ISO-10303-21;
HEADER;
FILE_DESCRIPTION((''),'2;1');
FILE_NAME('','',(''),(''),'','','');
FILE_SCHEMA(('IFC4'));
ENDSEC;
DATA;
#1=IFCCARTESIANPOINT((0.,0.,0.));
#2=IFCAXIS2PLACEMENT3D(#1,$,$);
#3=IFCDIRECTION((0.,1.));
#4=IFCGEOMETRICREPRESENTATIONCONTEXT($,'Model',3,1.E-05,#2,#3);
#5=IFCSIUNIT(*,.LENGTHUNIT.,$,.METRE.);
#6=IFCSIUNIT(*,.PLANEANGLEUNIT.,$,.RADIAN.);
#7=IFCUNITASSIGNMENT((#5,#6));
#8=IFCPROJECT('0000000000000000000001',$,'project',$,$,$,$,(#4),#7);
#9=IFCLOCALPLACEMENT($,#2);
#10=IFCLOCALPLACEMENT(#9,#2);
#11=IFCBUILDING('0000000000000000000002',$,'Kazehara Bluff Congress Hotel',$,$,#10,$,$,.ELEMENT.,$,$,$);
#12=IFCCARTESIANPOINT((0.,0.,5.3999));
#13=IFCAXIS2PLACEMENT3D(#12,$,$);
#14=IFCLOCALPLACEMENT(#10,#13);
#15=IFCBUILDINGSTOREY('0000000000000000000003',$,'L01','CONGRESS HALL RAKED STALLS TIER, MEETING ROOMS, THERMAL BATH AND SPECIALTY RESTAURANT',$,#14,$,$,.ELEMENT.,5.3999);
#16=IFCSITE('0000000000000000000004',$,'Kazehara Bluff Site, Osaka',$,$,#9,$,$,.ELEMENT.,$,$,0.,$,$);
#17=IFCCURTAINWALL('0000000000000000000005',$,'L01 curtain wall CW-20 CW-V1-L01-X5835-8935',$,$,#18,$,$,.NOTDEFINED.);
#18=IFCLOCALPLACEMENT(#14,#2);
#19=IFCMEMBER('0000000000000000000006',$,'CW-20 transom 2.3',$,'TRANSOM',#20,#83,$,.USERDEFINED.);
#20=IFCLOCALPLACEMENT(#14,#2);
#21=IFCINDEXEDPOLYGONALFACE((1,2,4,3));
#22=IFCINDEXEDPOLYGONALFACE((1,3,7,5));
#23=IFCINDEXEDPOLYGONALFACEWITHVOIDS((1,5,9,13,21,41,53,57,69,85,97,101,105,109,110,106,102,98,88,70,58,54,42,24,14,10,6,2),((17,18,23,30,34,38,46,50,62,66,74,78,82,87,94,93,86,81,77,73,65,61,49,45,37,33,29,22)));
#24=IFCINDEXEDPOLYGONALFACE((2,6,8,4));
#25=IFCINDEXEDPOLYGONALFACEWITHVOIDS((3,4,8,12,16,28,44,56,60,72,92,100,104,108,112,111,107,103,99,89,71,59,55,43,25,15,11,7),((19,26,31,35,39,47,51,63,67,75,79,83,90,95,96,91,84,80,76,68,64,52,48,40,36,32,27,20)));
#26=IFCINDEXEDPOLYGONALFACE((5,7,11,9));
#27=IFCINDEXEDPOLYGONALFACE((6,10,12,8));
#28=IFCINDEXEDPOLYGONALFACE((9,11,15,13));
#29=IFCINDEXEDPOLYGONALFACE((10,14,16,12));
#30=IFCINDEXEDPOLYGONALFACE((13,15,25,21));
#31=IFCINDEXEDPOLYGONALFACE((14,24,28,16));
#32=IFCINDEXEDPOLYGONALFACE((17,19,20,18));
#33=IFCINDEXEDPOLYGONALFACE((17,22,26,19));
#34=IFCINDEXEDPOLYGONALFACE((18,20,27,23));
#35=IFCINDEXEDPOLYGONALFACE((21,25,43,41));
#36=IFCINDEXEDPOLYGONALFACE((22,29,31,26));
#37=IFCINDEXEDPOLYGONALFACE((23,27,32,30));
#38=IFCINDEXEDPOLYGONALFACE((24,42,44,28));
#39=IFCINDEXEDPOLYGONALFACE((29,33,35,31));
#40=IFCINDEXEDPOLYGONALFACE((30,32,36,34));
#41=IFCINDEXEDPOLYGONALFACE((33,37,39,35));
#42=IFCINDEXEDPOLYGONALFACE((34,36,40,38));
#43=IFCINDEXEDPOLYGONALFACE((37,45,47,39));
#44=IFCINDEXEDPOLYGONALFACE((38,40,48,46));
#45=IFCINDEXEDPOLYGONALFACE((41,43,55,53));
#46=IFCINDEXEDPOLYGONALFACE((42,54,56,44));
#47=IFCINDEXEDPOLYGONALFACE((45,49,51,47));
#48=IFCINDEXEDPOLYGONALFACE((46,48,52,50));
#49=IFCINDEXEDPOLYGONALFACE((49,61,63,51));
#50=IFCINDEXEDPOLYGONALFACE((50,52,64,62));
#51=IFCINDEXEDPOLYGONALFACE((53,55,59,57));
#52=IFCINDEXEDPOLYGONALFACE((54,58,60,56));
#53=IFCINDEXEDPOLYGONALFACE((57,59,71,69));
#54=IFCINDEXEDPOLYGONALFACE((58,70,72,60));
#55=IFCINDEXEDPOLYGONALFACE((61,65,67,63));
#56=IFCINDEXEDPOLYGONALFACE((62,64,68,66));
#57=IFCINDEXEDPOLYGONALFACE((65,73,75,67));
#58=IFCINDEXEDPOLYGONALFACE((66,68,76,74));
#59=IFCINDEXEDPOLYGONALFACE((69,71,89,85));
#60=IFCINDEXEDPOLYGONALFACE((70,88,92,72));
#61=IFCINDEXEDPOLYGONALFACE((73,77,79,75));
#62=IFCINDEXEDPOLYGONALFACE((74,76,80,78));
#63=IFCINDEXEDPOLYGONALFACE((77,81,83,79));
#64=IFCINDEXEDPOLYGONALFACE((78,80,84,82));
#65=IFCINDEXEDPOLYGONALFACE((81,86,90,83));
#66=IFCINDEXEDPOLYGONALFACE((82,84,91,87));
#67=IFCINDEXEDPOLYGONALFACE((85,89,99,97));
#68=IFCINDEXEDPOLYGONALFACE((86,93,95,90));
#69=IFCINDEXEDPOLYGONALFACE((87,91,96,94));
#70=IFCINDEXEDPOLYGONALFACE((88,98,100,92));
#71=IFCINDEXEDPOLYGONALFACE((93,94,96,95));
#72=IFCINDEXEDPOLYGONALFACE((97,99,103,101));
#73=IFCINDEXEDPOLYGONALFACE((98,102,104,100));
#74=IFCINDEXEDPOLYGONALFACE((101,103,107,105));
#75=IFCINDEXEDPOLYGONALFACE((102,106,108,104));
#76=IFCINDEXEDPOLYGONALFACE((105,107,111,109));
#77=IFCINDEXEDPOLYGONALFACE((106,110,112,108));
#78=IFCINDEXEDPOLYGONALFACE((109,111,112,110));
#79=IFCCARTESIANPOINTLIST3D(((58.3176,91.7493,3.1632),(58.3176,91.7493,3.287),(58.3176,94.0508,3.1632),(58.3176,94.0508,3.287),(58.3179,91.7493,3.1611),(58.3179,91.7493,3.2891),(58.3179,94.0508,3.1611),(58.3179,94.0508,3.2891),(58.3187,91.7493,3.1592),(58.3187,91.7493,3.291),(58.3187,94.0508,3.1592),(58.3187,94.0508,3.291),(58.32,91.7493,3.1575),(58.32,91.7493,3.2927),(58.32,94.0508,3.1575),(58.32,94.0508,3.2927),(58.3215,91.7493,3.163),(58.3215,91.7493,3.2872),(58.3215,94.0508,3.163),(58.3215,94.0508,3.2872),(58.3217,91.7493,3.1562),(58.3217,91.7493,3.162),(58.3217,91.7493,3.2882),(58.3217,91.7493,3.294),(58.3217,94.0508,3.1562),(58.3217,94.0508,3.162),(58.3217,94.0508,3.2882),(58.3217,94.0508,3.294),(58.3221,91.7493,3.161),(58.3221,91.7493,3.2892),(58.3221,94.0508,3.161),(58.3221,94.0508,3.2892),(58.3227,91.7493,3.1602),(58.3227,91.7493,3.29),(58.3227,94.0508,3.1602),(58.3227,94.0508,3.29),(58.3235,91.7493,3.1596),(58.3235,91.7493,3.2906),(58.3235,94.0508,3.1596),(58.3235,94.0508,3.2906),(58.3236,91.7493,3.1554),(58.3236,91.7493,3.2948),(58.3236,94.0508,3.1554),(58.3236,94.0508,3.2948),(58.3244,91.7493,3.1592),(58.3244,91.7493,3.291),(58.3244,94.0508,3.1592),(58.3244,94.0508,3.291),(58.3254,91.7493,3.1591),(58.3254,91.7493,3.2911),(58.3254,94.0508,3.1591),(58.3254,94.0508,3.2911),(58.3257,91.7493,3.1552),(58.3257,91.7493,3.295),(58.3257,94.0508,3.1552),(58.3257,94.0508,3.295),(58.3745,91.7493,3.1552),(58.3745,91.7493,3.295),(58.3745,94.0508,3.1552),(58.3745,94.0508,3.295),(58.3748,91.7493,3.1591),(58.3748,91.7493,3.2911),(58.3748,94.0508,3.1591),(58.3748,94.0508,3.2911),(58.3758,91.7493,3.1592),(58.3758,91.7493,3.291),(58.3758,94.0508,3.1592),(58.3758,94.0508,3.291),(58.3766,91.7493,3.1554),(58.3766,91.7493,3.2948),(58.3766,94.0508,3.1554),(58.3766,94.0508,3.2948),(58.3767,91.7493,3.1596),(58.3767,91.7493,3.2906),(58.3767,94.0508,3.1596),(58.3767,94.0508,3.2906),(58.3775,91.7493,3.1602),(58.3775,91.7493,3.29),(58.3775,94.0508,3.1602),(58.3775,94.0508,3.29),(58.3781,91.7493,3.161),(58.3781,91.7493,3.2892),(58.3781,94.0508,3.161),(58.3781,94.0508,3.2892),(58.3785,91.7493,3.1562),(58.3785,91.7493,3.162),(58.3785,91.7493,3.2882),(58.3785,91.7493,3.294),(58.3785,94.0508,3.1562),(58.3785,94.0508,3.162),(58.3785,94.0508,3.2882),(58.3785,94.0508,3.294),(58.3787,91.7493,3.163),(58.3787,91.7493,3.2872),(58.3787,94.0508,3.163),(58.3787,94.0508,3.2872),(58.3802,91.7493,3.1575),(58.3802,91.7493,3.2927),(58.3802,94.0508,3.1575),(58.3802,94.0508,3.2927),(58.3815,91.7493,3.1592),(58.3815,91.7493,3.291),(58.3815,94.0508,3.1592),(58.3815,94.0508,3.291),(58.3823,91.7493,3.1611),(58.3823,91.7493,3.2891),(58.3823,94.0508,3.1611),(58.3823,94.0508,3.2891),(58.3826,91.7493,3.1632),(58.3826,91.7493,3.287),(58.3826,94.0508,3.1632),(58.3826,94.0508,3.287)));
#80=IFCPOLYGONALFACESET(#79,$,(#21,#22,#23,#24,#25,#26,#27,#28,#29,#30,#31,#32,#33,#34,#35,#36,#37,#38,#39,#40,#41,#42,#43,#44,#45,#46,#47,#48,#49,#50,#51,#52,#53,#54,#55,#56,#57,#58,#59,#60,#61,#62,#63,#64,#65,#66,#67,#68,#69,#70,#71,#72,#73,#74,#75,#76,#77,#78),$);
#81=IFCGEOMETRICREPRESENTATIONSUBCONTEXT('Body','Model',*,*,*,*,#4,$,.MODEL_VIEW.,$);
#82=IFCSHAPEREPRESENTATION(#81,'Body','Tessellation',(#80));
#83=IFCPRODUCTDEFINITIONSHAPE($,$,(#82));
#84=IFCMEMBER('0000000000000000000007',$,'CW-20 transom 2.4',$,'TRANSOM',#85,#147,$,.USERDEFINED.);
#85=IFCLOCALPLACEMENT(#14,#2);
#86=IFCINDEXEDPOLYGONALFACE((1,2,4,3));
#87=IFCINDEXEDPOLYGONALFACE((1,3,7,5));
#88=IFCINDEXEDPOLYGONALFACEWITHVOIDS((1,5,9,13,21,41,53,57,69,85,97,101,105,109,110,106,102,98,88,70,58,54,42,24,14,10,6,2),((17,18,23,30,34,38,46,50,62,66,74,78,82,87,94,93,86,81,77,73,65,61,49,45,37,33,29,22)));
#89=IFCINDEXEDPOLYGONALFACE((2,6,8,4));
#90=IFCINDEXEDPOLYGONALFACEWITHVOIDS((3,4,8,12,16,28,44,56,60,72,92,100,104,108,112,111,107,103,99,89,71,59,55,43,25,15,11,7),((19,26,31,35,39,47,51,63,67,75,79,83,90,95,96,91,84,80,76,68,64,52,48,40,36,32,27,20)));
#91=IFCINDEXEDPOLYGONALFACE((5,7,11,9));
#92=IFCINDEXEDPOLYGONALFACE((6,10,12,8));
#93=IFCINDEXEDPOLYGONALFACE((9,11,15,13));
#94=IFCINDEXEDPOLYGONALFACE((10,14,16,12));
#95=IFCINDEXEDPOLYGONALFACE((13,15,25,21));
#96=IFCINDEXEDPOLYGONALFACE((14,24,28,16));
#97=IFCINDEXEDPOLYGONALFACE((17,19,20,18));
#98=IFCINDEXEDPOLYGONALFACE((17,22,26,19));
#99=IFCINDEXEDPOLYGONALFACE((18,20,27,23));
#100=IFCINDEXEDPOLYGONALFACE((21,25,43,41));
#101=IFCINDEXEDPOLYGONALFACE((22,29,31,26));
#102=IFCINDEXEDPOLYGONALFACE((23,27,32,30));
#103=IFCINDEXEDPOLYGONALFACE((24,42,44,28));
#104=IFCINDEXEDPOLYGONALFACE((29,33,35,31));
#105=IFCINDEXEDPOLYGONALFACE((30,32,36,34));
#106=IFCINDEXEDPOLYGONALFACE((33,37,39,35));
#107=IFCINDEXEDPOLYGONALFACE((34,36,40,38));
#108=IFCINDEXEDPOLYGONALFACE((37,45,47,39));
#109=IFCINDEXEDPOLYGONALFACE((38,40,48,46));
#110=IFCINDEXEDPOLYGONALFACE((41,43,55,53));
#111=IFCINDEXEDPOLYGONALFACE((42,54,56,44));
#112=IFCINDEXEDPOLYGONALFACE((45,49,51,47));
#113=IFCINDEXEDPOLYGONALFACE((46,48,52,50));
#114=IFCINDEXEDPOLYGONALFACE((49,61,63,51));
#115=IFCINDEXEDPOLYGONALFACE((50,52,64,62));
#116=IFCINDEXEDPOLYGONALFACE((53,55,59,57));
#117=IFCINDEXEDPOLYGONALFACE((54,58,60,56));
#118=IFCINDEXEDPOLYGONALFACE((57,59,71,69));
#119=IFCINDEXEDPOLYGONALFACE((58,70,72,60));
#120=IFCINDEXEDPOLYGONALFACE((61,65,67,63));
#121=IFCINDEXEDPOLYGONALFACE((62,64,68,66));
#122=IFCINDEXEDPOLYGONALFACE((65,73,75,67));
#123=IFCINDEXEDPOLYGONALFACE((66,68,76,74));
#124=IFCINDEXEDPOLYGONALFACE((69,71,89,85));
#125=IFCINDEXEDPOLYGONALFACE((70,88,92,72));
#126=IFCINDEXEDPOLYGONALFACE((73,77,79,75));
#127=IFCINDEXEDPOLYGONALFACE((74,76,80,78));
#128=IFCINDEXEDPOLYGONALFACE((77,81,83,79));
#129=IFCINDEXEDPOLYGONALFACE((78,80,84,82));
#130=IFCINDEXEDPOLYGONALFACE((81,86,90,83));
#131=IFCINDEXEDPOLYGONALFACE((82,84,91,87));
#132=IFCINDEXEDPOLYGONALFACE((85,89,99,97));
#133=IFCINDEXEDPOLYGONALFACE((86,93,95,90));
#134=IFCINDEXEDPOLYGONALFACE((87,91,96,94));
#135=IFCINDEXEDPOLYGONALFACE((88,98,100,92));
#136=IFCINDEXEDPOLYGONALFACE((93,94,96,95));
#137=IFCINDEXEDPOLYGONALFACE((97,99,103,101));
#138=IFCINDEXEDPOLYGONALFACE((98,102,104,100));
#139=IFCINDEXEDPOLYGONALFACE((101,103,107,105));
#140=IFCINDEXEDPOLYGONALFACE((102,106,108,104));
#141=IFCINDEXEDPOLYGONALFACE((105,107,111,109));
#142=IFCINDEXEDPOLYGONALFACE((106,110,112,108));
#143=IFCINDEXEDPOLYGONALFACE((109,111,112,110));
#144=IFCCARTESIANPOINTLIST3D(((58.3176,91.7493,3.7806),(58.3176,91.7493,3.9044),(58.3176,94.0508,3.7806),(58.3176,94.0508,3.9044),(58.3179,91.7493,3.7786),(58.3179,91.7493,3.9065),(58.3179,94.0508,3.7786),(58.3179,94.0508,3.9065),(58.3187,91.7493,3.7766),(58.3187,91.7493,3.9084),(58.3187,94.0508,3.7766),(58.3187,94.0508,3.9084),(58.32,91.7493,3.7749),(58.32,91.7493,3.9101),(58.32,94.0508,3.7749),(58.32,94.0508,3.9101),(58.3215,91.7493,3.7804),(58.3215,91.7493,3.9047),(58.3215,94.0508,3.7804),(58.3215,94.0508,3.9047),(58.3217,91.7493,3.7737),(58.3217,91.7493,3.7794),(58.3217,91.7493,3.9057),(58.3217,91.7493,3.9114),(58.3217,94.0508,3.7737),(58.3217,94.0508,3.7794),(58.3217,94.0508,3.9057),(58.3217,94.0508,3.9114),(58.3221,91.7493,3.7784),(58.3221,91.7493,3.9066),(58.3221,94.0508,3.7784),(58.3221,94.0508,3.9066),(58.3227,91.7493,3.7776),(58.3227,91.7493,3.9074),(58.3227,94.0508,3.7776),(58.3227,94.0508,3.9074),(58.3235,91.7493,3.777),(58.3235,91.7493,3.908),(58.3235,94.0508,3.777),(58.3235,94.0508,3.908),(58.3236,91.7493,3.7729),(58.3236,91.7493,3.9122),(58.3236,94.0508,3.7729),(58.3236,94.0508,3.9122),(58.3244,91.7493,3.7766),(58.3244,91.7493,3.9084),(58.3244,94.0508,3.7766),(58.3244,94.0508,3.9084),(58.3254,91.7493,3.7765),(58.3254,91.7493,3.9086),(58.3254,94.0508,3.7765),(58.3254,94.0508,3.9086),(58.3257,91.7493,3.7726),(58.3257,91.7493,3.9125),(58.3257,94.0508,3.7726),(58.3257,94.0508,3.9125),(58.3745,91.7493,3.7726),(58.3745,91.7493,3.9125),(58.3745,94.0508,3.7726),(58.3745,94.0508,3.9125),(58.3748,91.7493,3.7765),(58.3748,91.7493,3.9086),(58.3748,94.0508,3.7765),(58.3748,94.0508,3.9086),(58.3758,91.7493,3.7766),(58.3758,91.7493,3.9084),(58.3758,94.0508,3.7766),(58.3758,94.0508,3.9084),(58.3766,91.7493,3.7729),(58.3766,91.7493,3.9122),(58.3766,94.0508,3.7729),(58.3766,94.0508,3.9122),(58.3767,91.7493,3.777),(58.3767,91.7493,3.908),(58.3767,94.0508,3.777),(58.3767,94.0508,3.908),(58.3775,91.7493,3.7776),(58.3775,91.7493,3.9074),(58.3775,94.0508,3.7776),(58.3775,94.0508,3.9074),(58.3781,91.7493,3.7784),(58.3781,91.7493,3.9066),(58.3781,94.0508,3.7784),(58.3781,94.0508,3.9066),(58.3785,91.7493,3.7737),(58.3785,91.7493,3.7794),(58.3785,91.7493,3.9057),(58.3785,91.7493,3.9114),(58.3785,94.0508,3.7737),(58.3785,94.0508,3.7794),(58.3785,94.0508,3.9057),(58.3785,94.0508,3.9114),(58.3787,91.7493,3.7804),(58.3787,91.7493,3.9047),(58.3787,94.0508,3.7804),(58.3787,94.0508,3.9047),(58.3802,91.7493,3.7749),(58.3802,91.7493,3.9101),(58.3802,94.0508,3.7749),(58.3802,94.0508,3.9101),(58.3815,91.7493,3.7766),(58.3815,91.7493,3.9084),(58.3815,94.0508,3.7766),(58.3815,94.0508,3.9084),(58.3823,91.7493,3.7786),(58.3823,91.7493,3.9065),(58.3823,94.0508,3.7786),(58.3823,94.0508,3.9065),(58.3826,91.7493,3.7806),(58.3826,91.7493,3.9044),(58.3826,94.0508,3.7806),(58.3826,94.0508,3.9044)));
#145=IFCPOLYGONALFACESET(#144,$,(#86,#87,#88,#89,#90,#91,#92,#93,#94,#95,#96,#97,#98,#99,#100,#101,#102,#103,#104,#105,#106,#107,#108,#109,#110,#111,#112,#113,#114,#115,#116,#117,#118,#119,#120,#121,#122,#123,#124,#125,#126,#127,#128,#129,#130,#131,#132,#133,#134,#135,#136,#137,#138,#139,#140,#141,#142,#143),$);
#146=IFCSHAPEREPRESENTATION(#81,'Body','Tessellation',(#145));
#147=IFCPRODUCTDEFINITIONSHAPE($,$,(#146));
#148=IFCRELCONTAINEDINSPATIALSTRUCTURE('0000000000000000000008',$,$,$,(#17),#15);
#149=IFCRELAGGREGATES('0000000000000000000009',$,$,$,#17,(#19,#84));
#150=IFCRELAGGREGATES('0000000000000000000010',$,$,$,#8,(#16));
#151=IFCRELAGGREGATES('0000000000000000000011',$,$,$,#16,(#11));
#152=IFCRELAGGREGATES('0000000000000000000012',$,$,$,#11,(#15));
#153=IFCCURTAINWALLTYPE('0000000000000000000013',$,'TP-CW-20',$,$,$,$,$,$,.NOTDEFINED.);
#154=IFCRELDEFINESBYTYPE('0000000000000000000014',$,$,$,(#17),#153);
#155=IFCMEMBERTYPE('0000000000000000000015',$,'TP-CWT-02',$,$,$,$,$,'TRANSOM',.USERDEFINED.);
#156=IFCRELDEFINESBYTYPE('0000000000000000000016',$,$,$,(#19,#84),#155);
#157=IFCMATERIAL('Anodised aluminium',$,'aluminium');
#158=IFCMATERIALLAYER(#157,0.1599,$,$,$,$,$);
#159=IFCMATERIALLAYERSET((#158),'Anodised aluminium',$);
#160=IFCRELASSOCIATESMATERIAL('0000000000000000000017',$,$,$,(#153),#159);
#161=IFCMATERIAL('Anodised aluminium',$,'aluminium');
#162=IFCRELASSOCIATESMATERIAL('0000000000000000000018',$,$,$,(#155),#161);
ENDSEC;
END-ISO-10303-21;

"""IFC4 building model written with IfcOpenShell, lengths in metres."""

from ifc_helpers import new_model, si_unit, direction, frame, origin, origin_2d, place, context, subcontext, project, spatial, hollow_rectangle, extrude, material, layer, layer_set, material_profile, profile_set, type_object, element, aggregate, save


model = new_model("IFC4")

# Units and contexts
model_context = context("Model", 3, precision=1e-05, world=origin(), true_north=direction((0.0, 1.0)))
body_context = subcontext(model_context, "Body", "Model", "MODEL_VIEW")
ifc_project = project(units=[si_unit("LENGTHUNIT", "METRE"), si_unit("PLANEANGLEUNIT", "RADIAN")], contexts=[model_context])

# Site, building, storey
site_placement = place(None, origin())
site = spatial("IfcSite", under=ifc_project, at=site_placement, Name="Kazehara Bluff Site, Osaka", CompositionType="ELEMENT", RefElevation=0.0)
building_placement = place(site_placement, origin())
building = spatial("IfcBuilding", under=site, at=building_placement, Name="Kazehara Bluff Congress Hotel", CompositionType="ELEMENT")
storey_placement = place(building_placement, frame((0.0, 0.0, 5.3999)))
storey = spatial("IfcBuildingStorey", under=building, at=storey_placement, Name="L01", Description="CONGRESS HALL RAKED STALLS TIER, MEETING ROOMS, THERMAL BATH AND SPECIALTY RESTAURANT", CompositionType="ELEMENT", Elevation=5.3999)

# Curtain wall, members
ifc_material_1 = material(Name="Anodised aluminium", Category="aluminium")
ifc_layer_1 = layer(ifc_material_1, 0.1599)
ifc_layer_set_1 = layer_set([ifc_layer_1], Name="Anodised aluminium")
curtain_wall_type = type_object("IfcCurtainWallType", Name="TP-CW-20", PredefinedType="NOTDEFINED", material=ifc_layer_set_1)
curtain_wall_placement = place(storey_placement, origin())
curtain_wall = element("IfcCurtainWall", 1, at=curtain_wall_placement, inside=storey, type_object=curtain_wall_type, Name="L01 curtain wall CW-20 CW-V1-L01-X5835-8935", PredefinedType="NOTDEFINED")
ifc_material_2 = material(Name="Anodised aluminium", Category="aluminium")
ifc_material_profile_1 = material_profile(ifc_material_2, hollow_rectangle(XDim=0.0649, YDim=0.1399, WallThickness=0.0039, InnerFilletRadius=0.0039, OuterFilletRadius=0.0081, at=origin_2d()))
ifc_profile_set_1 = profile_set([ifc_material_profile_1], Name="Anodised aluminium")
member_type_1 = type_object("IfcMemberType", Name="TP-CWT-02", ElementType="TRANSOM", PredefinedType="USERDEFINED", material=ifc_profile_set_1)
member_1_placement = place(storey_placement, frame((58.3501, 91.7493, 3.2251), z_axis=(0.0, 1.0, 0.0), x_axis=(-1.0, 0.0, 0.0)))
member_1 = element("IfcMember", 2, at=member_1_placement, type_object=member_type_1, Name="CW-20 transom 2.3", ObjectType="TRANSOM", PredefinedType="USERDEFINED", context=body_context, shape_type="SweptSolid", body=[
    extrude(hollow_rectangle(XDim=0.0649, YDim=0.1399, WallThickness=0.0039, InnerFilletRadius=0.0039, OuterFilletRadius=0.0081, at=origin_2d()), origin(), (0.0, 0.0, 1.0), 2.3015),
])
member_2_placement = place(storey_placement, frame((58.3501, 91.7493, 3.8425), z_axis=(0.0, 1.0, 0.0), x_axis=(-1.0, 0.0, 0.0)))
member_2 = element("IfcMember", 3, at=member_2_placement, type_object=member_type_1, Name="CW-20 transom 2.4", ObjectType="TRANSOM", PredefinedType="USERDEFINED", context=body_context, shape_type="SweptSolid", body=[
    extrude(hollow_rectangle(XDim=0.0649, YDim=0.1399, WallThickness=0.0039, InnerFilletRadius=0.0039, OuterFilletRadius=0.0081, at=origin_2d()), origin(), (0.0, 0.0, 1.0), 2.3015),
])

aggregate(curtain_wall, [member_1, member_2])

save(model, "model.ifc")
